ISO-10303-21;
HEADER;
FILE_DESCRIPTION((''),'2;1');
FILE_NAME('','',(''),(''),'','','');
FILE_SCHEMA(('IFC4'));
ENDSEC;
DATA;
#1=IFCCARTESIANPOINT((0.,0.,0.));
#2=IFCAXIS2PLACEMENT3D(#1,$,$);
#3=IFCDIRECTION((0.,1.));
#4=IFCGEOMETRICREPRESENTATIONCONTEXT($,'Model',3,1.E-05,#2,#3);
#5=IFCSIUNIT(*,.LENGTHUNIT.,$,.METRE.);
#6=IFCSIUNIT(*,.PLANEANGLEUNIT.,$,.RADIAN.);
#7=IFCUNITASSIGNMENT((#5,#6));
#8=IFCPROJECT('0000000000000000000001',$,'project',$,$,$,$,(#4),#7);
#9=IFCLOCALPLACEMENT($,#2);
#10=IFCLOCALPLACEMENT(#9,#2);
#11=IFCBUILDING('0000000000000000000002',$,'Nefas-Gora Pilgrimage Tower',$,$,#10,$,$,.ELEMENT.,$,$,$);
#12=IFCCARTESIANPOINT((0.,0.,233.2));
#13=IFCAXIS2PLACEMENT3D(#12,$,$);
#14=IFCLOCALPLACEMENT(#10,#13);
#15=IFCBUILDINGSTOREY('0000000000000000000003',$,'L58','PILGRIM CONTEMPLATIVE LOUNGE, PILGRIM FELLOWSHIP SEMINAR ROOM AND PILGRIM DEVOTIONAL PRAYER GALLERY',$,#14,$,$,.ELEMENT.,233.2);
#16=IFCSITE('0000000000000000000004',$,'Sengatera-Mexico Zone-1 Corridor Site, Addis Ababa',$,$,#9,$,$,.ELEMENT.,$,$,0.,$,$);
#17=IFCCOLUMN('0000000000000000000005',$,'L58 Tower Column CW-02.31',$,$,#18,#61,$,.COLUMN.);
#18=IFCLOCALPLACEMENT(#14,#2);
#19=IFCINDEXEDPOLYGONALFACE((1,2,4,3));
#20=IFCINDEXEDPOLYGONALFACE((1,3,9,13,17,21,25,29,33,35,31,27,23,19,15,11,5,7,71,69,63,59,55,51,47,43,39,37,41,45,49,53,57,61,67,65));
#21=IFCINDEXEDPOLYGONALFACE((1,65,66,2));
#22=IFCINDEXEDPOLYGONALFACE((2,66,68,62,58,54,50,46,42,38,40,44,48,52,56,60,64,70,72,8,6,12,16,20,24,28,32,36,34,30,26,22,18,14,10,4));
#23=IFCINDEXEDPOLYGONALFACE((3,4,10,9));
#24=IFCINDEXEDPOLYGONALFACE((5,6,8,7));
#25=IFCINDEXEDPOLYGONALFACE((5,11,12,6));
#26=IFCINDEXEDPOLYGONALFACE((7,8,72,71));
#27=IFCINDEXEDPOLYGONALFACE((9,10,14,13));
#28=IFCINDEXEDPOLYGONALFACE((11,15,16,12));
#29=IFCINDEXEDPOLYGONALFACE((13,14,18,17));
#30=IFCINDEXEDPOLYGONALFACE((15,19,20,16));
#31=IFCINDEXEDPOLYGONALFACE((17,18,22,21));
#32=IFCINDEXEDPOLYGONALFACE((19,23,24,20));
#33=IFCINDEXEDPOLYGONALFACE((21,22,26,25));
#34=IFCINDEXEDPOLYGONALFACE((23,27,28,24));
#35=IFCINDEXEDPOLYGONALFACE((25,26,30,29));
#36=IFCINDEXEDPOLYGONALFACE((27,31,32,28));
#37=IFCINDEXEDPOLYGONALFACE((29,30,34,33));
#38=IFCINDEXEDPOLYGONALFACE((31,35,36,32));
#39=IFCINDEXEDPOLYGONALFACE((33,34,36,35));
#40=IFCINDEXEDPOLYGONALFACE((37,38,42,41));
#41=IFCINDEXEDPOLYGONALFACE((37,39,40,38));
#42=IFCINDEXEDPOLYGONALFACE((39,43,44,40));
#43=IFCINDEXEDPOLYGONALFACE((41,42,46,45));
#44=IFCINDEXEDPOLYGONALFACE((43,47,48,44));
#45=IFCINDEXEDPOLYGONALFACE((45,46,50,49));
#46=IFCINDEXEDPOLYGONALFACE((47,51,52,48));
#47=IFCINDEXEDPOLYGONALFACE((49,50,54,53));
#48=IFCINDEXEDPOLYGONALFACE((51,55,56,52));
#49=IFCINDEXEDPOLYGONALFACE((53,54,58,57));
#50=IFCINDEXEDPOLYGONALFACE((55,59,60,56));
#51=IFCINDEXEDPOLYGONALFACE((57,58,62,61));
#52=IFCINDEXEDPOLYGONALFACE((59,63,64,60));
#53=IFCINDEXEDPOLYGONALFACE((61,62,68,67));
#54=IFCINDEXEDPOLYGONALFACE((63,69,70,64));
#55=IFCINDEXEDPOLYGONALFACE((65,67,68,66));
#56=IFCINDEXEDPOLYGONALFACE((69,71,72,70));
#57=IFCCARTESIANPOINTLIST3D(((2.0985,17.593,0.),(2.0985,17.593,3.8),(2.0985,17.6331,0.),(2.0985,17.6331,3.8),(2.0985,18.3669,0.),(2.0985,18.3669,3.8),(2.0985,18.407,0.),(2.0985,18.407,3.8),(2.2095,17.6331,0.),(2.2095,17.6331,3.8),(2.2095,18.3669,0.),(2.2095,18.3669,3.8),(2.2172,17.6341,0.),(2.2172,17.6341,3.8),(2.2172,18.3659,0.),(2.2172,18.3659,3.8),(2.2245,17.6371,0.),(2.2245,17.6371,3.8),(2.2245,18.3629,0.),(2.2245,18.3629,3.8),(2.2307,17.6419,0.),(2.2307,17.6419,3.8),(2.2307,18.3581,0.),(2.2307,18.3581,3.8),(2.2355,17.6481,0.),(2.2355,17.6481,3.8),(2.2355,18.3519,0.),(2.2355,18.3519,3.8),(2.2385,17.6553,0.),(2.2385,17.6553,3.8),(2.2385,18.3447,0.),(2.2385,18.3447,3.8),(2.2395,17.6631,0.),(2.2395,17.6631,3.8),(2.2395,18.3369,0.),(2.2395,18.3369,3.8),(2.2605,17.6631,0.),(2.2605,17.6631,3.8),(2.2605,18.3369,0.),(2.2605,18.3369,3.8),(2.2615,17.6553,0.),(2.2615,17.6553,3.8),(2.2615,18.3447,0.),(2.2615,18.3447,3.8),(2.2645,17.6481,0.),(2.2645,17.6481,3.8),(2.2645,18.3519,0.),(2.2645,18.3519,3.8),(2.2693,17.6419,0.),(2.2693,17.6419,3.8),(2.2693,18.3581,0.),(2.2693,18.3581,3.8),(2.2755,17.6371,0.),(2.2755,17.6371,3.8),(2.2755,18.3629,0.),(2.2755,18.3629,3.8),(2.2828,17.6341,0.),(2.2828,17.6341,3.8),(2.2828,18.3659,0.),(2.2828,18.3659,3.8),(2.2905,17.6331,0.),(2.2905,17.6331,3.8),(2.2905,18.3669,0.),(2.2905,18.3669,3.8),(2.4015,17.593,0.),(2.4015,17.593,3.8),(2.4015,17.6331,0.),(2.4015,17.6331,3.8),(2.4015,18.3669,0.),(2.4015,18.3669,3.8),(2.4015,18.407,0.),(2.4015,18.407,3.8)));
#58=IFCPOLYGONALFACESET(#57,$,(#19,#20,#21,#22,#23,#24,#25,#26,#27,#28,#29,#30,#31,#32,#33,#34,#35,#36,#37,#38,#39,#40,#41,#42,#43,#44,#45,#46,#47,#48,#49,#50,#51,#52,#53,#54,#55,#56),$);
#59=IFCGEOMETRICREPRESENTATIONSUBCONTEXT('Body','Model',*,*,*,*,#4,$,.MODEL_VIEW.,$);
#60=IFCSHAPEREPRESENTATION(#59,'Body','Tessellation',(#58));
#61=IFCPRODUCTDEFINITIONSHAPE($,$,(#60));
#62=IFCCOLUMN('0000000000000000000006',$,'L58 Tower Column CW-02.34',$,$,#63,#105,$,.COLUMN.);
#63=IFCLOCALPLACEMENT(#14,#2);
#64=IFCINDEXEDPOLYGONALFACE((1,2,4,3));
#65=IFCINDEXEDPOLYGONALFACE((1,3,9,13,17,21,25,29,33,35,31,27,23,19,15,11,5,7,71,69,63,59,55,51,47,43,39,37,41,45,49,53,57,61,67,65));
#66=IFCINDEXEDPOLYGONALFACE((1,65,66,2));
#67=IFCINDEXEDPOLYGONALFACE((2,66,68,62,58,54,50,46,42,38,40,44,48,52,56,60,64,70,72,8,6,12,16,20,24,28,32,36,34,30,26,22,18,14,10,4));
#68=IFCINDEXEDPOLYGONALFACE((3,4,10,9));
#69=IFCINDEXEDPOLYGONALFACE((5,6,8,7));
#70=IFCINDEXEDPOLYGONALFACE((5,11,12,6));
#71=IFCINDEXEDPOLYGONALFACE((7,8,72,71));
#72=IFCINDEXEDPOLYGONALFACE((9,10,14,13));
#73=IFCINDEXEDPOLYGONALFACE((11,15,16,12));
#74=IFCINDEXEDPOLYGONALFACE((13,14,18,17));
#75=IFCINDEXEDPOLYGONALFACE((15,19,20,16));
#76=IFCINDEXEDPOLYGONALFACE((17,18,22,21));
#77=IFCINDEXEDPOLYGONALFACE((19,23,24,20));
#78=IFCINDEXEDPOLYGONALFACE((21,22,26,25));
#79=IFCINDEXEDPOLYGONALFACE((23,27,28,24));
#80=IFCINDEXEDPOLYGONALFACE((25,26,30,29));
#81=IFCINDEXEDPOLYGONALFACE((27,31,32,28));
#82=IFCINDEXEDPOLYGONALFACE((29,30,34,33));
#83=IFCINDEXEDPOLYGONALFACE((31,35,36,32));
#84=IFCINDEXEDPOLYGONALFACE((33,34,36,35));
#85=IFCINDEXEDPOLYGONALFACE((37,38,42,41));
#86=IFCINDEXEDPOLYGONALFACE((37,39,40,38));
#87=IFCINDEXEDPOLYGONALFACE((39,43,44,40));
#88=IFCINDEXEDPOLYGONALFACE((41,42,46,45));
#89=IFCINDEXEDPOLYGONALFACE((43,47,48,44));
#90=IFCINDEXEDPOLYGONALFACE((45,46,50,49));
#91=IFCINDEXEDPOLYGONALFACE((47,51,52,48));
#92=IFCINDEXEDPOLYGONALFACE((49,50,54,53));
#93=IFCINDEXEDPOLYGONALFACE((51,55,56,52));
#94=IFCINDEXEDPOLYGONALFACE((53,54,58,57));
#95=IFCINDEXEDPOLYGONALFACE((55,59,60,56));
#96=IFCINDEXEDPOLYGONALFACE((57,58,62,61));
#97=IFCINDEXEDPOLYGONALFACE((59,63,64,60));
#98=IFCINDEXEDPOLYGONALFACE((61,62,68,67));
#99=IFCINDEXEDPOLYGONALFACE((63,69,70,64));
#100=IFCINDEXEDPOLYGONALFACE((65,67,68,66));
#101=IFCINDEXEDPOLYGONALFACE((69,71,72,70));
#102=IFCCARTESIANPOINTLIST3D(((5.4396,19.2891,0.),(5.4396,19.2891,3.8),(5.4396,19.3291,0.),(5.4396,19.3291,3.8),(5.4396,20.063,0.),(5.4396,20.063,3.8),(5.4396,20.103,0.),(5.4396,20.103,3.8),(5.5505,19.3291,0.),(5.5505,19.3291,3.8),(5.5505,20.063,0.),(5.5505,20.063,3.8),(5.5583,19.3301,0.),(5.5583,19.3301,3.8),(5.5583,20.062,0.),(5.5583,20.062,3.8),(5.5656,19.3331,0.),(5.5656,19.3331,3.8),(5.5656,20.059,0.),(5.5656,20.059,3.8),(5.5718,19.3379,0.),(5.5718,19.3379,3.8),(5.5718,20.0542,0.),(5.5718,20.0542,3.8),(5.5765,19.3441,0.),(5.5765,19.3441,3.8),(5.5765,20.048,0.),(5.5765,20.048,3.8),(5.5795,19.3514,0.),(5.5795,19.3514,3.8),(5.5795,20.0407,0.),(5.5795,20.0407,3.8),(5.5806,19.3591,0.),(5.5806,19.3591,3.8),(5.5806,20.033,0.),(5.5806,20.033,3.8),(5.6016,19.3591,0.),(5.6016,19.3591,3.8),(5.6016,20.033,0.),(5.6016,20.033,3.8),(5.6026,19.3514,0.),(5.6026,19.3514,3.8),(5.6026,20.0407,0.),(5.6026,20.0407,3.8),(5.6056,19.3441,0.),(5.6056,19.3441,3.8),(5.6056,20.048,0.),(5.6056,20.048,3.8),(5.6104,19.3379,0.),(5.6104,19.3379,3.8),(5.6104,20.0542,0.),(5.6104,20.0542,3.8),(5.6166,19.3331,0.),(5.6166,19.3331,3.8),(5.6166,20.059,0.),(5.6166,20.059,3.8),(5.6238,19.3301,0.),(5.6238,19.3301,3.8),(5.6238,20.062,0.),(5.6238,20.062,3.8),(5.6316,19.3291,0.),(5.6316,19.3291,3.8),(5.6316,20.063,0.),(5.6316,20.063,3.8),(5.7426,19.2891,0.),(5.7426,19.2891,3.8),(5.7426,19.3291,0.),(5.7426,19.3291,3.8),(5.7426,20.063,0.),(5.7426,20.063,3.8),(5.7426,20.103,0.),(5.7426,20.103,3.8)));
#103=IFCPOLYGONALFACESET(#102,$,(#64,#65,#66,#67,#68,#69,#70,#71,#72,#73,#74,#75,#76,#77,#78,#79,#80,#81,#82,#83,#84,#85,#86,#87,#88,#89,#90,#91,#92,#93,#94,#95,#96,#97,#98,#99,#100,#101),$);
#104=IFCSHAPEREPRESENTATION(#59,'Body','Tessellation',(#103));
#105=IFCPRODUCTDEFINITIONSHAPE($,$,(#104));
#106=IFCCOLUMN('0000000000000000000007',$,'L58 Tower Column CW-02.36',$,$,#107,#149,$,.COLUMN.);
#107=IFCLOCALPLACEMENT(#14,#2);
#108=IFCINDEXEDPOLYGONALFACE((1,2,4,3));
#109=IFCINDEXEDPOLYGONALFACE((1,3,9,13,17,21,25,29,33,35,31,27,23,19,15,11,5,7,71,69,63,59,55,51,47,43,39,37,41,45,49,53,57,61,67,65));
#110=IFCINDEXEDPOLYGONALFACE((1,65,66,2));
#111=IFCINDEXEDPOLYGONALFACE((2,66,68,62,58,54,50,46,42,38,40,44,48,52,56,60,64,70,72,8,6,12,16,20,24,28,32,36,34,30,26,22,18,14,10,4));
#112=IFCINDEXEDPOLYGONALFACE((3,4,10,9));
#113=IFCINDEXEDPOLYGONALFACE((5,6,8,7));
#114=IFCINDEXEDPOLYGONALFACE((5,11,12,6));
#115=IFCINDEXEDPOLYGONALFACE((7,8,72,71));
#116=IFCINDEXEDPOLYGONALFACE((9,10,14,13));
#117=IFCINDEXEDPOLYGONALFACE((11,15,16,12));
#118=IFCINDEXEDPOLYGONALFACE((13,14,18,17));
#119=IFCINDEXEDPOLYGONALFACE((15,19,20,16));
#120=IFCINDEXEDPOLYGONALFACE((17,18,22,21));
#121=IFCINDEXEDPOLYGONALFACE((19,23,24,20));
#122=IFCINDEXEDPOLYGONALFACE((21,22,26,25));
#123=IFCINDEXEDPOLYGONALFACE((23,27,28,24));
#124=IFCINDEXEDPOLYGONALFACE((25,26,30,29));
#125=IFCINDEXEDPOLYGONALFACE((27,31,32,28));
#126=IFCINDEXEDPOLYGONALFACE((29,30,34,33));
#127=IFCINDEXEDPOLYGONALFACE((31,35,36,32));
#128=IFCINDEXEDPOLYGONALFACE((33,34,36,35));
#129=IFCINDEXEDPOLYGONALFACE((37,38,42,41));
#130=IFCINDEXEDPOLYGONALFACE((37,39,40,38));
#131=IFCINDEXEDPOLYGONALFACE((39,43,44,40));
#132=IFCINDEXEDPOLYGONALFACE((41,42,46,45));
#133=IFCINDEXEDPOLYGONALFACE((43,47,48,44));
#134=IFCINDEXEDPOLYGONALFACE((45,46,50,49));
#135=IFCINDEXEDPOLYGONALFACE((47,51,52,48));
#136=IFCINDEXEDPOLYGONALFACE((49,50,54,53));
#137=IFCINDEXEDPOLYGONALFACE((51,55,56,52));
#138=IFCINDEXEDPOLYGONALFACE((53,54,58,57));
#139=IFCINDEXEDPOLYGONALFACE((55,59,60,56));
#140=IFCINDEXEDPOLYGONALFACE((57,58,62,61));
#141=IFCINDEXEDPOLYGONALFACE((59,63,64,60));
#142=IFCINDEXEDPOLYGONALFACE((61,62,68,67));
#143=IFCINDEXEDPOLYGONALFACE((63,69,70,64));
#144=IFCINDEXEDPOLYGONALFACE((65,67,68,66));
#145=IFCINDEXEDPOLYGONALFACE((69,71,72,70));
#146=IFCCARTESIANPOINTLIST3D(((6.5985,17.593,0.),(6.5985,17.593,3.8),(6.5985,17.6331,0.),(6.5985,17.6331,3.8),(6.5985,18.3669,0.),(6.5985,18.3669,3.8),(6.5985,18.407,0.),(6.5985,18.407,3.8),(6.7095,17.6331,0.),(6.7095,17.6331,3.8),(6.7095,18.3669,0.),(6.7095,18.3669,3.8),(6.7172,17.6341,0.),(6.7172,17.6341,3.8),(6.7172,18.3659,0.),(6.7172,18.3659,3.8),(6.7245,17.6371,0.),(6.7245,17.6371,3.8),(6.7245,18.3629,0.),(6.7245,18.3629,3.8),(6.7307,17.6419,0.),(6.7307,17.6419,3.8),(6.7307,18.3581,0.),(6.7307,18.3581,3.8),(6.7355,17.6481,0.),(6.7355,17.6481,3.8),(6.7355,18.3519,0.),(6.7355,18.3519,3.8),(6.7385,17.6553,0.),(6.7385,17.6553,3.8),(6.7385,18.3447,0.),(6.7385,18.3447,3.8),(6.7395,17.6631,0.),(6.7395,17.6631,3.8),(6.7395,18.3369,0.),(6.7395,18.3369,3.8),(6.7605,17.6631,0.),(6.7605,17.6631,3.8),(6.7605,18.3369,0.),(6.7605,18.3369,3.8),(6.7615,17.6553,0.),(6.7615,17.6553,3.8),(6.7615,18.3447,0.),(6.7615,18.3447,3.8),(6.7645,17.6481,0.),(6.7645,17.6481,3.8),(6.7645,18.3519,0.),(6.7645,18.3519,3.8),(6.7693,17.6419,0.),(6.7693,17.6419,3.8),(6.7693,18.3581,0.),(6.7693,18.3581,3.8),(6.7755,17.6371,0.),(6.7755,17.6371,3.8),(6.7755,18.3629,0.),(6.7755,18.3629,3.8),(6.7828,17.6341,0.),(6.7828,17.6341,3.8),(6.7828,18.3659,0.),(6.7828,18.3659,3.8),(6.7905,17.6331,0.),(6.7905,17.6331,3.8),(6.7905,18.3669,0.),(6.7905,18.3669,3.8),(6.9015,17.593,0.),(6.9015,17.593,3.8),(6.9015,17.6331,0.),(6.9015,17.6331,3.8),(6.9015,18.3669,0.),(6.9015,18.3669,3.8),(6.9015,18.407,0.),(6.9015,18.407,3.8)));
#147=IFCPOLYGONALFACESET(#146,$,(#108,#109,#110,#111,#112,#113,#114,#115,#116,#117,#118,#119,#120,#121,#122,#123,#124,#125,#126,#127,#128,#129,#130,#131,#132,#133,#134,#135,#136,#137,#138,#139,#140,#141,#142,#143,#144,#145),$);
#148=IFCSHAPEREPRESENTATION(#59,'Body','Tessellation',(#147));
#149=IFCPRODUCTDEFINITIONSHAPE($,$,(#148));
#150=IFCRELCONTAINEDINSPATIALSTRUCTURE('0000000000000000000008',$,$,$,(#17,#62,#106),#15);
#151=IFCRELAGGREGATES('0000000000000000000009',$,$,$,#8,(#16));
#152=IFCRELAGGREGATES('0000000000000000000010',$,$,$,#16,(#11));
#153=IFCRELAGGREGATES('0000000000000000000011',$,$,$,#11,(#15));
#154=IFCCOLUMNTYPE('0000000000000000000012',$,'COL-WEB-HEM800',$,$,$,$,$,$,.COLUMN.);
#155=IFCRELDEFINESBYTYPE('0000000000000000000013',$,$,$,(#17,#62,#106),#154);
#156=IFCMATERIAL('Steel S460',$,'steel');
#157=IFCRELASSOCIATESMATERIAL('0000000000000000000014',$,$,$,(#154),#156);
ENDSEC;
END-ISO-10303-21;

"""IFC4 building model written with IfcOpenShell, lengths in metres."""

from ifc_helpers import new_model, si_unit, direction, frame, origin, origin_2d, place, context, subcontext, project, spatial, i_section, extrude, source, transform, mapped, material, material_profile, profile_set, type_object, element, save


model = new_model("IFC4")

# Units and contexts
model_context = context("Model", 3, precision=1e-05, world=origin(), true_north=direction((0.0, 1.0)))
body_context = subcontext(model_context, "Body", "Model", "MODEL_VIEW")
ifc_project = project(units=[si_unit("LENGTHUNIT", "METRE"), si_unit("PLANEANGLEUNIT", "RADIAN")], contexts=[model_context])

# Site, building, storey
site_placement = place(None, origin())
site = spatial("IfcSite", under=ifc_project, at=site_placement, Name="Sengatera-Mexico Zone-1 Corridor Site, Addis Ababa", CompositionType="ELEMENT", RefElevation=0.0)
building_placement = place(site_placement, origin())
building = spatial("IfcBuilding", under=site, at=building_placement, Name="Nefas-Gora Pilgrimage Tower", CompositionType="ELEMENT")
storey_placement = place(building_placement, frame((0.0, 0.0, 233.2)))
storey = spatial("IfcBuildingStorey", under=building, at=storey_placement, Name="L58", Description="PILGRIM CONTEMPLATIVE LOUNGE, PILGRIM FELLOWSHIP SEMINAR ROOM AND PILGRIM DEVOTIONAL PRAYER GALLERY", CompositionType="ELEMENT", Elevation=233.2)

# Columns
ifc_material_1 = material(Name="Steel S460", Category="steel")
ifc_material_profile_1 = material_profile(ifc_material_1, i_section(OverallWidth=0.303, OverallDepth=0.814, WebThickness=0.021, FlangeThickness=0.04, FilletRadius=0.03, at=origin_2d()), Name="HEM 800")
ifc_profile_set_1 = profile_set([ifc_material_profile_1], Name="Steel S460")
column_type_1 = type_object("IfcColumnType", Name="COL-WEB-HEM800", PredefinedType="COLUMN", material=ifc_profile_set_1)
shared_shape_1 = source(origin(), body_context, "Body", "SweptSolid", [
    extrude(i_section(OverallWidth=0.303, OverallDepth=0.814, WebThickness=0.021, FlangeThickness=0.04, FilletRadius=0.03, at=origin_2d()), origin(), (0.0, 0.0, 1.0), 3.8),
])
for number, where, z_axis, x_axis, name in (
    (1, (2.25, 18.0, 0.0), (0.0, 0.0, 1.0), (1.0, 0.0, 0.0), "L58 Tower Column CW-02.31"),
    (2, (5.5911, 19.696, 0.0), (0.0, 0.0, 1.0), (1.0, 0.0, 0.0), "L58 Tower Column CW-02.34"),
    (3, (6.75, 18.0, 0.0), (0.0, 0.0, 1.0), (1.0, 0.0, 0.0), "L58 Tower Column CW-02.36"),
):
    element("IfcColumn", number, at=place(storey_placement, frame(where, z_axis=z_axis, x_axis=x_axis)), inside=storey, type_object=column_type_1, Name=name, PredefinedType="COLUMN", context=body_context, shape_type="MappedRepresentation", body=[
        mapped(shared_shape_1, transform((0.0, 0.0, 0.0), x_axis=(1.0, 0.0, 0.0), y_axis=(0.0, 1.0, 0.0), z_axis=(0.0, 0.0, 1.0), scale=1.0)),
    ])

save(model, "model.ifc")
